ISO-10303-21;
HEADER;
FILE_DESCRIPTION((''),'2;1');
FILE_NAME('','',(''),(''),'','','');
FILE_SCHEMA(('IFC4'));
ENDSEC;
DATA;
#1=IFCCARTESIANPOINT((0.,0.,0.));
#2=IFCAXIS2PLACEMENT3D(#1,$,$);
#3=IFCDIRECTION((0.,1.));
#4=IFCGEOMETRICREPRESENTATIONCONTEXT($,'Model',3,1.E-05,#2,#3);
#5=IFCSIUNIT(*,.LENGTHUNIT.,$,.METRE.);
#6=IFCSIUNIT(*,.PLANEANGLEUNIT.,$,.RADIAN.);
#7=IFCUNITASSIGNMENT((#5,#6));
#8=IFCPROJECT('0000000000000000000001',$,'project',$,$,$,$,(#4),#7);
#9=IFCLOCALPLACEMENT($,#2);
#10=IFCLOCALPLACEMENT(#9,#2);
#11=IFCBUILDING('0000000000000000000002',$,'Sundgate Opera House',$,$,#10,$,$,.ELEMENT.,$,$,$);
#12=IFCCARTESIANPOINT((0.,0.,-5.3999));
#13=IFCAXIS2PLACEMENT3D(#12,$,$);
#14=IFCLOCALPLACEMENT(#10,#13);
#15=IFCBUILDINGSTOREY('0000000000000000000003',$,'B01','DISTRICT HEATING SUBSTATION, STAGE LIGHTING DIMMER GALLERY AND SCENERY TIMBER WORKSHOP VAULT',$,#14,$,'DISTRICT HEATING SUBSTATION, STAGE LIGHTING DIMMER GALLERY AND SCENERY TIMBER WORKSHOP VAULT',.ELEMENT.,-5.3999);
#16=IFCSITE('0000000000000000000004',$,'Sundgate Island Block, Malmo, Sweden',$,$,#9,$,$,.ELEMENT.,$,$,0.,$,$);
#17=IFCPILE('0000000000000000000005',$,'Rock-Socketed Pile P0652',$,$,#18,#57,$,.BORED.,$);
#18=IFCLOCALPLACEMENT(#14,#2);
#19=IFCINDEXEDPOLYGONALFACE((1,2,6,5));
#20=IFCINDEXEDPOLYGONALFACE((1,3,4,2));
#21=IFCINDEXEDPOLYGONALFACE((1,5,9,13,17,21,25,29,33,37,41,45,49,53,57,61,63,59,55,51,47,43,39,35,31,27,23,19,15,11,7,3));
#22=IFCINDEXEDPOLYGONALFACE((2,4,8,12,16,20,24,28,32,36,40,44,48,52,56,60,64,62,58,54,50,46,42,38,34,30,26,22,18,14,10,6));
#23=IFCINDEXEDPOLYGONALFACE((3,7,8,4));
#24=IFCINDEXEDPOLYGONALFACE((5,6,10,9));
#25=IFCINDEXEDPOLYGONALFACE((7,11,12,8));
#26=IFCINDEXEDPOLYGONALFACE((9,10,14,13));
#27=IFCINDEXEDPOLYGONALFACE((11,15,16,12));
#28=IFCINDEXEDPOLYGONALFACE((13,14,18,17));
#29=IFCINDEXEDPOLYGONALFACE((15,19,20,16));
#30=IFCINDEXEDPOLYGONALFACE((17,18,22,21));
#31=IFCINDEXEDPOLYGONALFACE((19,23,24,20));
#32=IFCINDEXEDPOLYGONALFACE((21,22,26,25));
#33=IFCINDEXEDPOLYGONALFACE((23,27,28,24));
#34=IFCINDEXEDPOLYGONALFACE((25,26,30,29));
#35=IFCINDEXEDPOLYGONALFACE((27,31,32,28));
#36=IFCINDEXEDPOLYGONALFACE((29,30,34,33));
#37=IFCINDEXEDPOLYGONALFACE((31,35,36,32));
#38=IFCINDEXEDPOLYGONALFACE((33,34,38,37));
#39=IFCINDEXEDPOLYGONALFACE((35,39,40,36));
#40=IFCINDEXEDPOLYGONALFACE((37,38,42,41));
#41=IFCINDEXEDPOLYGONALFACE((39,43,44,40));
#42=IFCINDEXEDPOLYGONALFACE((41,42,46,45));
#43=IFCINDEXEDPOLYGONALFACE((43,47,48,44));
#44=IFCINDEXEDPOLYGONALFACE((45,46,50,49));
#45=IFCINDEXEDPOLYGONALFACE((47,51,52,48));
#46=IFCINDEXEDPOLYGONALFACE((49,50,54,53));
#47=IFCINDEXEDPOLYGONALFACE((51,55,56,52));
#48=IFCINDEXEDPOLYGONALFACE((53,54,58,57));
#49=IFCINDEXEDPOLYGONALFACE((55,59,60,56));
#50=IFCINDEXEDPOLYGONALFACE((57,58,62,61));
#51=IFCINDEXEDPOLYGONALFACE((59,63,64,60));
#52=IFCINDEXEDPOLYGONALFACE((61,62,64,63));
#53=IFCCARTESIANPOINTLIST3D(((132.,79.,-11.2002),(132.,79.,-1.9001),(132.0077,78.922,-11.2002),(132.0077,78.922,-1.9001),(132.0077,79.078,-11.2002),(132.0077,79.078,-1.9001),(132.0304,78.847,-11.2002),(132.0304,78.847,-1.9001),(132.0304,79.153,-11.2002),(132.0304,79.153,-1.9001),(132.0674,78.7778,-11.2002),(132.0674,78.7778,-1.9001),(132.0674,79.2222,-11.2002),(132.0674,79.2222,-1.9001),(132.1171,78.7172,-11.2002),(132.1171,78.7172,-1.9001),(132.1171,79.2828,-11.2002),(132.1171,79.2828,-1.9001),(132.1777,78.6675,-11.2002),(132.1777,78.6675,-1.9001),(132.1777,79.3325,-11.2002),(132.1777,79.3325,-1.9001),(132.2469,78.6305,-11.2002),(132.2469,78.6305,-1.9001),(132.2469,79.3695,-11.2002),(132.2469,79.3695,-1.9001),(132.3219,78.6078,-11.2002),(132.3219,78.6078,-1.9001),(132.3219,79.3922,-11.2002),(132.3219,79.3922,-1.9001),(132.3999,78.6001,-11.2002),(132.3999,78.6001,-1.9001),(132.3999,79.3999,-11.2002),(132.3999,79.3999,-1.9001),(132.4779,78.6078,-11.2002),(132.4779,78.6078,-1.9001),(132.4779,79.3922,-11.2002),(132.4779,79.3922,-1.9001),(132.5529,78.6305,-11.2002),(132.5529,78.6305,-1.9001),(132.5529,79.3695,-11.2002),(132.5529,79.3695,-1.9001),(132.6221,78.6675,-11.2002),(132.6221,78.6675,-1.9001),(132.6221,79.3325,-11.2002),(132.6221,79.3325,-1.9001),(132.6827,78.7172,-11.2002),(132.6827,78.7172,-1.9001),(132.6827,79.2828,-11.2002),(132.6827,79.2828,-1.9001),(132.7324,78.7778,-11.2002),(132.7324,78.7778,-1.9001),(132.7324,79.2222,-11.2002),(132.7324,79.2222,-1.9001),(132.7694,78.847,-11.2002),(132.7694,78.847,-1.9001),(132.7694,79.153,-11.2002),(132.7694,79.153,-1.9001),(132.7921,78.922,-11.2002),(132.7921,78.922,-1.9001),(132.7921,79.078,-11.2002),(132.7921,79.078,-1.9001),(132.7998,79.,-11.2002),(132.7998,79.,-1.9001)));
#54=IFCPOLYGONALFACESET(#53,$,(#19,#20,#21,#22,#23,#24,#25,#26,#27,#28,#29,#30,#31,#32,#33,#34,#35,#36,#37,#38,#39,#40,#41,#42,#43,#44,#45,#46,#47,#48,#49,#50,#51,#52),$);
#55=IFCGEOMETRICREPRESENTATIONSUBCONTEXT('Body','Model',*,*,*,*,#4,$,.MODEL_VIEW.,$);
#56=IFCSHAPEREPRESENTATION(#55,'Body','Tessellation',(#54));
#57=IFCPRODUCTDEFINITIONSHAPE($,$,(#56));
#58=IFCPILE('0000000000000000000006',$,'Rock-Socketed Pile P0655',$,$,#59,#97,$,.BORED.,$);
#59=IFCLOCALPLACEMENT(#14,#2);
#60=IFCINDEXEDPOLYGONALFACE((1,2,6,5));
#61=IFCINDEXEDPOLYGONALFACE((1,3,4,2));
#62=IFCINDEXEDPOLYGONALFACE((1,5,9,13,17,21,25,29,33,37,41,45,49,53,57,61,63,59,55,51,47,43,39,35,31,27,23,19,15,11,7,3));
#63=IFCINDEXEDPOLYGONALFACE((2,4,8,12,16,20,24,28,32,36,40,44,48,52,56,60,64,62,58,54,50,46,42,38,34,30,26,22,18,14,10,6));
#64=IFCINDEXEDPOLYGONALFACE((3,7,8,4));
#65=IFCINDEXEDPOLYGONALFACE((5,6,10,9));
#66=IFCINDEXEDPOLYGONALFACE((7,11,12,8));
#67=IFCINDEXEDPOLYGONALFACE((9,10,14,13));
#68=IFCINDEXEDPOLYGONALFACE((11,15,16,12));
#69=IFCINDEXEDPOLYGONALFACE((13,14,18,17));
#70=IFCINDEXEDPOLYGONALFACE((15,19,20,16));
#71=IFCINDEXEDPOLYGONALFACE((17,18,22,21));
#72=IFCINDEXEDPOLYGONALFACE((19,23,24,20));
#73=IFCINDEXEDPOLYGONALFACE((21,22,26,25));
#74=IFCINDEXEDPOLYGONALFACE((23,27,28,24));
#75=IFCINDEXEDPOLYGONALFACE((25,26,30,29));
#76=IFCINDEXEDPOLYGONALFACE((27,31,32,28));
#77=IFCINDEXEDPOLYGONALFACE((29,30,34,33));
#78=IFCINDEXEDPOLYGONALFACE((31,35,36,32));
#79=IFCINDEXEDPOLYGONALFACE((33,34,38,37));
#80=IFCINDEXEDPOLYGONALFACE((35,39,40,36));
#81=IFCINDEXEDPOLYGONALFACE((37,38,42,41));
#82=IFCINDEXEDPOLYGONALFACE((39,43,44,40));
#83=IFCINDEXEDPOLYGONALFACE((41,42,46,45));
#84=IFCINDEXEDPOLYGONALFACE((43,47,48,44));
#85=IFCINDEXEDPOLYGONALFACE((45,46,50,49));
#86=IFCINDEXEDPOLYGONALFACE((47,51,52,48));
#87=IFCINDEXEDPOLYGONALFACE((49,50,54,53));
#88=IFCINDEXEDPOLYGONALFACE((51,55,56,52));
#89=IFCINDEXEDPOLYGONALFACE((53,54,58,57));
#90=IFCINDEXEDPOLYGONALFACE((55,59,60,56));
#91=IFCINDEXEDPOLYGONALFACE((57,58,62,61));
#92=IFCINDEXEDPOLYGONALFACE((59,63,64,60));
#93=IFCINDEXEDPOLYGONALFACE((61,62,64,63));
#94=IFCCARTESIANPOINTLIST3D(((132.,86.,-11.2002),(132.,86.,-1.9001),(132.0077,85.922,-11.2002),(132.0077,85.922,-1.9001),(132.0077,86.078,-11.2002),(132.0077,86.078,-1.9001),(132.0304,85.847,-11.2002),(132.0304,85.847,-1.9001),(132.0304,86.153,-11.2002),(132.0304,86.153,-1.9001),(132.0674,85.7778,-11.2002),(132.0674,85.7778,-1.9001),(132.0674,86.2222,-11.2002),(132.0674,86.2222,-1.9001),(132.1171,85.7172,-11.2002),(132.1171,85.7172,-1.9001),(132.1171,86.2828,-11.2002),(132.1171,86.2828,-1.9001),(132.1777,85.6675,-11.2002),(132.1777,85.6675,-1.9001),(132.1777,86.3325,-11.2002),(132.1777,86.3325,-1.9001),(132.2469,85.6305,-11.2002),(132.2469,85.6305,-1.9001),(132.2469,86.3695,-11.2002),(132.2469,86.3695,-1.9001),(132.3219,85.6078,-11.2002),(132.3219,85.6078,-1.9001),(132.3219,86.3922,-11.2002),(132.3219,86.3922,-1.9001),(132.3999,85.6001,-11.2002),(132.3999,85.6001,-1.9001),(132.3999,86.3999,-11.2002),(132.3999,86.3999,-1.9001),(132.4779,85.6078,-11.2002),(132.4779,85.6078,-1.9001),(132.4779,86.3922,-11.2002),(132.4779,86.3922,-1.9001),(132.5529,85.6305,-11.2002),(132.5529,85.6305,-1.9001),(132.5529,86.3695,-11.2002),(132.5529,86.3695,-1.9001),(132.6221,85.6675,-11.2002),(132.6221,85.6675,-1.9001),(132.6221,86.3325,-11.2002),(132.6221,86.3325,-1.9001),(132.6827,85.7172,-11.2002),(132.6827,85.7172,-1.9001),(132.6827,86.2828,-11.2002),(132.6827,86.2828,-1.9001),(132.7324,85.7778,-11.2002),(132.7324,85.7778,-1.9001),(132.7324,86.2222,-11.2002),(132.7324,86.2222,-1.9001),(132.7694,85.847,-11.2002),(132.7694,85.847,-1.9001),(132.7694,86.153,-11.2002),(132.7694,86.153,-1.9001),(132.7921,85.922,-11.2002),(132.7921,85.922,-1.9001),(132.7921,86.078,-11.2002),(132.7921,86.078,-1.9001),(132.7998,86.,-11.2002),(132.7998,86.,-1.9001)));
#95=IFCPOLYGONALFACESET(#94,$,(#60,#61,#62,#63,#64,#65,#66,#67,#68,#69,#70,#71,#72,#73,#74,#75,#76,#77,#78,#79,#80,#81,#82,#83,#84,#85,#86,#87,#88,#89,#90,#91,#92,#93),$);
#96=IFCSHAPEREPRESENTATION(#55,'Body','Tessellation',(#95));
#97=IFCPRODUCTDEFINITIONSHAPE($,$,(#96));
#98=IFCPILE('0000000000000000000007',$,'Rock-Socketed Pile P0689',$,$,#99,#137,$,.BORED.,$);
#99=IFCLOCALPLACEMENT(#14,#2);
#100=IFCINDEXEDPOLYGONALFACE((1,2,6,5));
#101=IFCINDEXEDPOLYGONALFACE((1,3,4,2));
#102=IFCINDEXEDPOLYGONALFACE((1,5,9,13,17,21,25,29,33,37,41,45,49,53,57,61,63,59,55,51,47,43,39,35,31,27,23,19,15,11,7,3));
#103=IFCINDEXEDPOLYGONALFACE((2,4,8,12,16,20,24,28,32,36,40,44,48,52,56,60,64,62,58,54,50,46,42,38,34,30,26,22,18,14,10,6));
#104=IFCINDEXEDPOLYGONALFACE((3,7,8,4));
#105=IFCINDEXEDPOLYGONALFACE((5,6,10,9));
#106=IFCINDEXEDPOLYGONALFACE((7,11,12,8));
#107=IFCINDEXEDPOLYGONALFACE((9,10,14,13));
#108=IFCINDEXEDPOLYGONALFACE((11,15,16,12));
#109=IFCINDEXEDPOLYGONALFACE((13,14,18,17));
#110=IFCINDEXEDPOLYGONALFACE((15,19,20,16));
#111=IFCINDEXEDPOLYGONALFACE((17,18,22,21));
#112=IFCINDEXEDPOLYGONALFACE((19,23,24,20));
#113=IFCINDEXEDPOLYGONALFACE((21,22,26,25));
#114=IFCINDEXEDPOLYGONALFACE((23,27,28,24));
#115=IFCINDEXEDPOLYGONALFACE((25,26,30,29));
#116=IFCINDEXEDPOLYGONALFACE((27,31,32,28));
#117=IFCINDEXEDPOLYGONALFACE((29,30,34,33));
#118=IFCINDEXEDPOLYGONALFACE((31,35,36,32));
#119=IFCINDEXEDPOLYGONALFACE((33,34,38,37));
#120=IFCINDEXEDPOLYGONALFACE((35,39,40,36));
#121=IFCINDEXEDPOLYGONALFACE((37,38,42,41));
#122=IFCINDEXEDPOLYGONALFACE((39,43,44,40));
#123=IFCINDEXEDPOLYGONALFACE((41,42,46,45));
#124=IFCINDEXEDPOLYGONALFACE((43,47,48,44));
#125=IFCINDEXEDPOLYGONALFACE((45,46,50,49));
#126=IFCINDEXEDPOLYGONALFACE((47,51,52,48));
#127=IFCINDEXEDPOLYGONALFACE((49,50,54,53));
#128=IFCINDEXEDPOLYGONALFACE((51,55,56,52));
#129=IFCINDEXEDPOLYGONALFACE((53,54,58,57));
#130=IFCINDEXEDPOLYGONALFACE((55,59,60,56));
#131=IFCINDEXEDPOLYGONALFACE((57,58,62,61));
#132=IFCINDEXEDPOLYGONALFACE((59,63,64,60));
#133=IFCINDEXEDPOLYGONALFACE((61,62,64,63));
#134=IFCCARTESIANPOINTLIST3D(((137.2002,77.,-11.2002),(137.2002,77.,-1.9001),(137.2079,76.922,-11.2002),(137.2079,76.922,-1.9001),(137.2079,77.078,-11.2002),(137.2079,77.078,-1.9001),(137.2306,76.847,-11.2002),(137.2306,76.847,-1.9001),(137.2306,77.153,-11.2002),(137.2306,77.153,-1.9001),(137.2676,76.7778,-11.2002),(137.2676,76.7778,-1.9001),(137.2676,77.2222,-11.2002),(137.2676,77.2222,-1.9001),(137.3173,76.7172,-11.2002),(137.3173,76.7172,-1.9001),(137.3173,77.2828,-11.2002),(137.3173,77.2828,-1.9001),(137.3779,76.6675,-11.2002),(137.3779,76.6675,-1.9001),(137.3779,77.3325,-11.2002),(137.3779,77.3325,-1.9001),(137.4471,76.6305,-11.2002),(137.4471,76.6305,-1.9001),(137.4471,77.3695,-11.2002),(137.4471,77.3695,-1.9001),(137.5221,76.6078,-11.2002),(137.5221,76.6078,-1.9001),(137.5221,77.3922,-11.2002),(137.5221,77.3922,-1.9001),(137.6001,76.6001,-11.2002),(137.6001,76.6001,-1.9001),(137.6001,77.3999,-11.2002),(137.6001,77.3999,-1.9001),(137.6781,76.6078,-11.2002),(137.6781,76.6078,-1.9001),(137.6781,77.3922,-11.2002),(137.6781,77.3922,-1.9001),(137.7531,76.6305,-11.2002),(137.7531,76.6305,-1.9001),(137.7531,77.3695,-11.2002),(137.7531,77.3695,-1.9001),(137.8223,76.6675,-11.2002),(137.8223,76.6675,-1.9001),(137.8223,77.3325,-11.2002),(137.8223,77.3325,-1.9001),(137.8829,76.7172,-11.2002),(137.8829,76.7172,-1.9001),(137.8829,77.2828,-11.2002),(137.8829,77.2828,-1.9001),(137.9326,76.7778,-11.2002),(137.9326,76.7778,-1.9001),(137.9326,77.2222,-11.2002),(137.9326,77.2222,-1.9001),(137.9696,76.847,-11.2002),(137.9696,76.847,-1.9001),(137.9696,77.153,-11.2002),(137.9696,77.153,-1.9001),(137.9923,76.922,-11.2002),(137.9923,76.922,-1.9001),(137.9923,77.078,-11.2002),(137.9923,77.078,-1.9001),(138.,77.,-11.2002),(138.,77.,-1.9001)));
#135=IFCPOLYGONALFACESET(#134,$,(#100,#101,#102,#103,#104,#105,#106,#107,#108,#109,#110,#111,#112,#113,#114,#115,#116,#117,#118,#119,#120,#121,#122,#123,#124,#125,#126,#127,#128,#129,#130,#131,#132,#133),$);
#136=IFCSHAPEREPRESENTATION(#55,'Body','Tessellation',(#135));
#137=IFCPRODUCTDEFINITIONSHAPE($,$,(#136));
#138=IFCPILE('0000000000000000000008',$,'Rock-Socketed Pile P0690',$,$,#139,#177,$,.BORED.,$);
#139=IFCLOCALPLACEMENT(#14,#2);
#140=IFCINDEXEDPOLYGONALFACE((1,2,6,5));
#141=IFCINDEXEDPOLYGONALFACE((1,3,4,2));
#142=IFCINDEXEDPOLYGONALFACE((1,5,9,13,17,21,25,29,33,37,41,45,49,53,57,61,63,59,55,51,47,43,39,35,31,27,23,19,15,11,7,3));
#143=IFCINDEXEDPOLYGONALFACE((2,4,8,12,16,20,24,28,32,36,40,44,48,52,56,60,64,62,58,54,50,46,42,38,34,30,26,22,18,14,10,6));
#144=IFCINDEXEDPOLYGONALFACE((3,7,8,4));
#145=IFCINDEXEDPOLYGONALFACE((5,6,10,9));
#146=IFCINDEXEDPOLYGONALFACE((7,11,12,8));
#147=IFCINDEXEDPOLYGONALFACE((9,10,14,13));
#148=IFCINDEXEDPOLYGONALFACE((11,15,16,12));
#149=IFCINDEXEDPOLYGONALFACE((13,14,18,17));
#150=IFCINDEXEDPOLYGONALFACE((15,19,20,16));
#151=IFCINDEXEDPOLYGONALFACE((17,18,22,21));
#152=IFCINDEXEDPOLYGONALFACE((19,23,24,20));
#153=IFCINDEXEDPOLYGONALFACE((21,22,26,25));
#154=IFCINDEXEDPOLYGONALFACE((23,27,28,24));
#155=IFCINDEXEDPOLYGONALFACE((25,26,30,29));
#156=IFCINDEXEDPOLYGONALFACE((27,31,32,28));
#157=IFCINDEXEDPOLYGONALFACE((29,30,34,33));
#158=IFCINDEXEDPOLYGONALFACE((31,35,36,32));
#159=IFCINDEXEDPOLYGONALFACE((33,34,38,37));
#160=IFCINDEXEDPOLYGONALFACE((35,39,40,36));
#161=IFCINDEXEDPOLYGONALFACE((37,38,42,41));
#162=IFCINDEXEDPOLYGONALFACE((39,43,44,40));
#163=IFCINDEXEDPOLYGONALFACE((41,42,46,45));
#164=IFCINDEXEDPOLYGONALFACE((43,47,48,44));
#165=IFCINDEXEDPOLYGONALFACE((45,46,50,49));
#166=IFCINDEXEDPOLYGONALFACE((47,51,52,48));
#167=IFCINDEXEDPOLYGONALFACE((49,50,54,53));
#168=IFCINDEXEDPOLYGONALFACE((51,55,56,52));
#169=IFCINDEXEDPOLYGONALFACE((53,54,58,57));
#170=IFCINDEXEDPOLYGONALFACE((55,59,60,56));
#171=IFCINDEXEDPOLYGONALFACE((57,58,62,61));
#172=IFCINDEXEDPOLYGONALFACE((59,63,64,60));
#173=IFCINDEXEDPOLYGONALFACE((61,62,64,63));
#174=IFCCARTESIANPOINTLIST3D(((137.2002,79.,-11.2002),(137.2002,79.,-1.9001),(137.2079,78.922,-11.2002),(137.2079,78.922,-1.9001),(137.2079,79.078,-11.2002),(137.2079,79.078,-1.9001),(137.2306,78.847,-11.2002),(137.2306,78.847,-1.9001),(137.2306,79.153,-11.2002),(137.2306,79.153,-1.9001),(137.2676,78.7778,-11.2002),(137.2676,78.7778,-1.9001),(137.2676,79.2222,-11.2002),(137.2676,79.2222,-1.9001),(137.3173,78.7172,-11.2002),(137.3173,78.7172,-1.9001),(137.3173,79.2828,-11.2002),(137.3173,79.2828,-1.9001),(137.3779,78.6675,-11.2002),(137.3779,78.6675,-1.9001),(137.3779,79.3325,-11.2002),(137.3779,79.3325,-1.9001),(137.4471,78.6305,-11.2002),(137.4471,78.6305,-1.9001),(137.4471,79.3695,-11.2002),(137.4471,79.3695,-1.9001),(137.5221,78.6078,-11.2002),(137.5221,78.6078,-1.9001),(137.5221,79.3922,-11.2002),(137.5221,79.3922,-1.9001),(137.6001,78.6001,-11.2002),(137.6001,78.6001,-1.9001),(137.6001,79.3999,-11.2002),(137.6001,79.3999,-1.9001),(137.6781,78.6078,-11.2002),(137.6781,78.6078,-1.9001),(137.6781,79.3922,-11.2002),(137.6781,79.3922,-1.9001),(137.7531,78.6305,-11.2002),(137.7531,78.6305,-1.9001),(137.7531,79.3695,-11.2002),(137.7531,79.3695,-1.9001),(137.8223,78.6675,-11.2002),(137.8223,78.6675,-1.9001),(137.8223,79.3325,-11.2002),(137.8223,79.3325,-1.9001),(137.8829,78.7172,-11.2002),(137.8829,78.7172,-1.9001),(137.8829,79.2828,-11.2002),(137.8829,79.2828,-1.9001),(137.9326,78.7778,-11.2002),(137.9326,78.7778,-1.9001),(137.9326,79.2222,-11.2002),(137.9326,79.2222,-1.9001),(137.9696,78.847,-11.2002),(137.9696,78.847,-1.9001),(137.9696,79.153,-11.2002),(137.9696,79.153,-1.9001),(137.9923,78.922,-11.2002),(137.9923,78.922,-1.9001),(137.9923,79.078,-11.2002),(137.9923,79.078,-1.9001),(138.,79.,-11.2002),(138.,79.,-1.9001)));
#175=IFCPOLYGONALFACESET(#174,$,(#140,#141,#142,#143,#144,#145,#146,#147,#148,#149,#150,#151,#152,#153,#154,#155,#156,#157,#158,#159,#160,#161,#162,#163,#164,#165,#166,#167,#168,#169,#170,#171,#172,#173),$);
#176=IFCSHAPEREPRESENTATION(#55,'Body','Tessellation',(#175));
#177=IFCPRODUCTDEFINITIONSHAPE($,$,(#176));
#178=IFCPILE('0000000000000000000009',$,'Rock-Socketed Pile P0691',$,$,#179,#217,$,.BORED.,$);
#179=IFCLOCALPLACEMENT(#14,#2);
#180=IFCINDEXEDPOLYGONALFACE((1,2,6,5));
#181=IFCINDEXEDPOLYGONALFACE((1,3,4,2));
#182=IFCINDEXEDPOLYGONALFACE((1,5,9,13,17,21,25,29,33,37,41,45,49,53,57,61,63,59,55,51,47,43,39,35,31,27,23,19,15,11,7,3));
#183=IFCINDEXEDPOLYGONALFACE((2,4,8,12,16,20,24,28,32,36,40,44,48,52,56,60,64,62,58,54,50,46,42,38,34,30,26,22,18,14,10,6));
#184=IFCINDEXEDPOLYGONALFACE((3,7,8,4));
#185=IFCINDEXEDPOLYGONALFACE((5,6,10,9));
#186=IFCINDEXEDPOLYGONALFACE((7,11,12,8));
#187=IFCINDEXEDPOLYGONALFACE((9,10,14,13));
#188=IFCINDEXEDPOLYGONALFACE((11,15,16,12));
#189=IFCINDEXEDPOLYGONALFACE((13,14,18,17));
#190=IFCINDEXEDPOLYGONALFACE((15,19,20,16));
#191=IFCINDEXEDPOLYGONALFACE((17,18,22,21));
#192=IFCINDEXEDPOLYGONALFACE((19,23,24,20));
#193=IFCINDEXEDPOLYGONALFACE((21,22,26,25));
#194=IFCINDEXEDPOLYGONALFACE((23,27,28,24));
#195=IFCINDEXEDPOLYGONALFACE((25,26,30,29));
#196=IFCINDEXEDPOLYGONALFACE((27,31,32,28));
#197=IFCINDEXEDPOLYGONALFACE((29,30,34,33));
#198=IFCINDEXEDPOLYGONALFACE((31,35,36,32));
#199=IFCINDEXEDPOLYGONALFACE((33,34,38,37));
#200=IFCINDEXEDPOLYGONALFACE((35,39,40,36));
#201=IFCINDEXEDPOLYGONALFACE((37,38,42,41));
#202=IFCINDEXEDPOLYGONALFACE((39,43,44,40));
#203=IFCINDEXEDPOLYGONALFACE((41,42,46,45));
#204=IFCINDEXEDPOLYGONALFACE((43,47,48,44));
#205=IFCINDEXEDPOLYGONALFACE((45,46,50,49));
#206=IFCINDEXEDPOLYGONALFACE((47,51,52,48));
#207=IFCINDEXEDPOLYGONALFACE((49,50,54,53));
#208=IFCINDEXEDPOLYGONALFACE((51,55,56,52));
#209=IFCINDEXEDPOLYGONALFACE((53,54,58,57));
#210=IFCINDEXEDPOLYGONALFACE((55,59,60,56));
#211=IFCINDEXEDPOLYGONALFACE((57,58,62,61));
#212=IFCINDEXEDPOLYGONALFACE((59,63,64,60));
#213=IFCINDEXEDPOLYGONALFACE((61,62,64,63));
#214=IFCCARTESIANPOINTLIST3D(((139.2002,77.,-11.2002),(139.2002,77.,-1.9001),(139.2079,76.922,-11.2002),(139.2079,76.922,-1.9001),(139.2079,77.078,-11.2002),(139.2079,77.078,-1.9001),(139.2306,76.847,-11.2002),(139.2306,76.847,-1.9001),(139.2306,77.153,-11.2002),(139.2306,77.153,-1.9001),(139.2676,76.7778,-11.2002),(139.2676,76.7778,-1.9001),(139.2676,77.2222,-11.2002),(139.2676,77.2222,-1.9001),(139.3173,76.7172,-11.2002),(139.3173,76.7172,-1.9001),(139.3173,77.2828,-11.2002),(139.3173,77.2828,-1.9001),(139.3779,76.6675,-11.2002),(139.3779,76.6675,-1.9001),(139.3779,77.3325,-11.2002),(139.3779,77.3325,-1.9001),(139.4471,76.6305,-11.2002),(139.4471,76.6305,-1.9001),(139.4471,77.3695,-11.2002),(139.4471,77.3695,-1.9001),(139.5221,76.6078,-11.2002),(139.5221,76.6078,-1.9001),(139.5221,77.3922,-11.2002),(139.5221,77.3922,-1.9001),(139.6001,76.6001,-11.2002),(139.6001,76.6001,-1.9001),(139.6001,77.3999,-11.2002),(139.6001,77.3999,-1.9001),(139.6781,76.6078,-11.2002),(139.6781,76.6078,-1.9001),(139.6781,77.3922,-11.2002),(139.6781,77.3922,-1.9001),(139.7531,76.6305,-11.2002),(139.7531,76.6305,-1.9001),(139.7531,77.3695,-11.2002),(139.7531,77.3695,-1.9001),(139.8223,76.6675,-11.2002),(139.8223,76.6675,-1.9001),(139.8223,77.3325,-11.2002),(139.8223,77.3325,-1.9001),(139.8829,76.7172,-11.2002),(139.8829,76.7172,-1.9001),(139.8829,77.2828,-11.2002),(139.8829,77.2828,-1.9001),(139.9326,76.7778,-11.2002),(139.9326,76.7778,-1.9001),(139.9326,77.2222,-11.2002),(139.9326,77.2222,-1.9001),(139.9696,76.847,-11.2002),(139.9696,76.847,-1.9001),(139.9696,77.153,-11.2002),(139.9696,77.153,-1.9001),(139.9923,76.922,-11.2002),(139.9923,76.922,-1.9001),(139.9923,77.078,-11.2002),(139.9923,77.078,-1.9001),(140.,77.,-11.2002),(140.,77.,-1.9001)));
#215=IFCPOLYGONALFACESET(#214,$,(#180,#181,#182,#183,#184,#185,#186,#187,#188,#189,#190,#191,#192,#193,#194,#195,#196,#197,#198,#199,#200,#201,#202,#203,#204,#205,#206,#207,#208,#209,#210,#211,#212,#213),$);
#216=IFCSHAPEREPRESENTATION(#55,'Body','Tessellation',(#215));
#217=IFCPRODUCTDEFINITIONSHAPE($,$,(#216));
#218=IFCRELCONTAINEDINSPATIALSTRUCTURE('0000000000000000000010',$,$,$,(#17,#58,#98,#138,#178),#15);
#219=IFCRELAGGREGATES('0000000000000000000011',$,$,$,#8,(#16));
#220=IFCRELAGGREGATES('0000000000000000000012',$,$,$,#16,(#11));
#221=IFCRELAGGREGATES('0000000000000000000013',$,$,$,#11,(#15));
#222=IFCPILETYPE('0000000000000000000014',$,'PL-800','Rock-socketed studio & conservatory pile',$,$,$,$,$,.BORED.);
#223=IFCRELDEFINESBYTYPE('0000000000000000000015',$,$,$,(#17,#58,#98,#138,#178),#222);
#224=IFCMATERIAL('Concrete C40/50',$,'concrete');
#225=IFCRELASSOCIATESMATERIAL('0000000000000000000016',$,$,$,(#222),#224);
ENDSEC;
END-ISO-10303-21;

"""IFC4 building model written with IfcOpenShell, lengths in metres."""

from ifc_helpers import new_model, si_unit, direction, frame, origin, origin_2d, place, context, subcontext, project, spatial, circle, extrude, material, material_profile, profile_set, type_object, element, save


model = new_model("IFC4")

# Units and contexts
model_context = context("Model", 3, precision=1e-05, world=origin(), true_north=direction((0.0, 1.0)))
body_context = subcontext(model_context, "Body", "Model", "MODEL_VIEW")
ifc_project = project(units=[si_unit("LENGTHUNIT", "METRE"), si_unit("PLANEANGLEUNIT", "RADIAN")], contexts=[model_context])

# Site, building, storey
site_placement = place(None, origin())
site = spatial("IfcSite", under=ifc_project, at=site_placement, Name="Sundgate Island Block, Malmo, Sweden", CompositionType="ELEMENT", RefElevation=0.0)
building_placement = place(site_placement, origin())
building = spatial("IfcBuilding", under=site, at=building_placement, Name="Sundgate Opera House", CompositionType="ELEMENT")
storey_placement = place(building_placement, frame((0.0, 0.0, -5.3999)))
storey = spatial("IfcBuildingStorey", under=building, at=storey_placement, Name="B01", Description="DISTRICT HEATING SUBSTATION, STAGE LIGHTING DIMMER GALLERY AND SCENERY TIMBER WORKSHOP VAULT", LongName="DISTRICT HEATING SUBSTATION, STAGE LIGHTING DIMMER GALLERY AND SCENERY TIMBER WORKSHOP VAULT", CompositionType="ELEMENT", Elevation=-5.3999)

# Piles
ifc_material_1 = material(Name="Concrete C40/50", Category="concrete")
ifc_material_profile_1 = material_profile(ifc_material_1, circle(Radius=0.3999, at=origin_2d()), Name="PILE D800")
ifc_profile_set_1 = profile_set([ifc_material_profile_1], Name="Concrete C40/50")
pile_type = type_object("IfcPileType", Name="PL-800", Description="Rock-socketed studio & conservatory pile", PredefinedType="BORED", material=ifc_profile_set_1)
for number, where, z_axis, x_axis, name in (
    (1, (132.3999, 79.0, -1.9001), (0.0, 0.0, -1.0), (1.0, 0.0, 0.0), "Rock-Socketed Pile P0652"),
    (2, (132.3999, 86.0, -1.9001), (0.0, 0.0, -1.0), (1.0, 0.0, 0.0), "Rock-Socketed Pile P0655"),
    (3, (137.6001, 77.0, -1.9001), (0.0, 0.0, -1.0), (1.0, 0.0, 0.0), "Rock-Socketed Pile P0689"),
    (4, (137.6001, 79.0, -1.9001), (0.0, 0.0, -1.0), (1.0, 0.0, 0.0), "Rock-Socketed Pile P0690"),
    (5, (139.6001, 77.0, -1.9001), (0.0, 0.0, -1.0), (1.0, 0.0, 0.0), "Rock-Socketed Pile P0691"),
):
    element("IfcPile", number, at=place(storey_placement, frame(where, z_axis=z_axis, x_axis=x_axis)), inside=storey, type_object=pile_type, Name=name, PredefinedType="BORED", context=body_context, shape_type="SweptSolid", body=[
        extrude(circle(Radius=0.3999, at=origin_2d()), origin(), (0.0, 0.0, 1.0), 9.3),
    ])

save(model, "model.ifc")
